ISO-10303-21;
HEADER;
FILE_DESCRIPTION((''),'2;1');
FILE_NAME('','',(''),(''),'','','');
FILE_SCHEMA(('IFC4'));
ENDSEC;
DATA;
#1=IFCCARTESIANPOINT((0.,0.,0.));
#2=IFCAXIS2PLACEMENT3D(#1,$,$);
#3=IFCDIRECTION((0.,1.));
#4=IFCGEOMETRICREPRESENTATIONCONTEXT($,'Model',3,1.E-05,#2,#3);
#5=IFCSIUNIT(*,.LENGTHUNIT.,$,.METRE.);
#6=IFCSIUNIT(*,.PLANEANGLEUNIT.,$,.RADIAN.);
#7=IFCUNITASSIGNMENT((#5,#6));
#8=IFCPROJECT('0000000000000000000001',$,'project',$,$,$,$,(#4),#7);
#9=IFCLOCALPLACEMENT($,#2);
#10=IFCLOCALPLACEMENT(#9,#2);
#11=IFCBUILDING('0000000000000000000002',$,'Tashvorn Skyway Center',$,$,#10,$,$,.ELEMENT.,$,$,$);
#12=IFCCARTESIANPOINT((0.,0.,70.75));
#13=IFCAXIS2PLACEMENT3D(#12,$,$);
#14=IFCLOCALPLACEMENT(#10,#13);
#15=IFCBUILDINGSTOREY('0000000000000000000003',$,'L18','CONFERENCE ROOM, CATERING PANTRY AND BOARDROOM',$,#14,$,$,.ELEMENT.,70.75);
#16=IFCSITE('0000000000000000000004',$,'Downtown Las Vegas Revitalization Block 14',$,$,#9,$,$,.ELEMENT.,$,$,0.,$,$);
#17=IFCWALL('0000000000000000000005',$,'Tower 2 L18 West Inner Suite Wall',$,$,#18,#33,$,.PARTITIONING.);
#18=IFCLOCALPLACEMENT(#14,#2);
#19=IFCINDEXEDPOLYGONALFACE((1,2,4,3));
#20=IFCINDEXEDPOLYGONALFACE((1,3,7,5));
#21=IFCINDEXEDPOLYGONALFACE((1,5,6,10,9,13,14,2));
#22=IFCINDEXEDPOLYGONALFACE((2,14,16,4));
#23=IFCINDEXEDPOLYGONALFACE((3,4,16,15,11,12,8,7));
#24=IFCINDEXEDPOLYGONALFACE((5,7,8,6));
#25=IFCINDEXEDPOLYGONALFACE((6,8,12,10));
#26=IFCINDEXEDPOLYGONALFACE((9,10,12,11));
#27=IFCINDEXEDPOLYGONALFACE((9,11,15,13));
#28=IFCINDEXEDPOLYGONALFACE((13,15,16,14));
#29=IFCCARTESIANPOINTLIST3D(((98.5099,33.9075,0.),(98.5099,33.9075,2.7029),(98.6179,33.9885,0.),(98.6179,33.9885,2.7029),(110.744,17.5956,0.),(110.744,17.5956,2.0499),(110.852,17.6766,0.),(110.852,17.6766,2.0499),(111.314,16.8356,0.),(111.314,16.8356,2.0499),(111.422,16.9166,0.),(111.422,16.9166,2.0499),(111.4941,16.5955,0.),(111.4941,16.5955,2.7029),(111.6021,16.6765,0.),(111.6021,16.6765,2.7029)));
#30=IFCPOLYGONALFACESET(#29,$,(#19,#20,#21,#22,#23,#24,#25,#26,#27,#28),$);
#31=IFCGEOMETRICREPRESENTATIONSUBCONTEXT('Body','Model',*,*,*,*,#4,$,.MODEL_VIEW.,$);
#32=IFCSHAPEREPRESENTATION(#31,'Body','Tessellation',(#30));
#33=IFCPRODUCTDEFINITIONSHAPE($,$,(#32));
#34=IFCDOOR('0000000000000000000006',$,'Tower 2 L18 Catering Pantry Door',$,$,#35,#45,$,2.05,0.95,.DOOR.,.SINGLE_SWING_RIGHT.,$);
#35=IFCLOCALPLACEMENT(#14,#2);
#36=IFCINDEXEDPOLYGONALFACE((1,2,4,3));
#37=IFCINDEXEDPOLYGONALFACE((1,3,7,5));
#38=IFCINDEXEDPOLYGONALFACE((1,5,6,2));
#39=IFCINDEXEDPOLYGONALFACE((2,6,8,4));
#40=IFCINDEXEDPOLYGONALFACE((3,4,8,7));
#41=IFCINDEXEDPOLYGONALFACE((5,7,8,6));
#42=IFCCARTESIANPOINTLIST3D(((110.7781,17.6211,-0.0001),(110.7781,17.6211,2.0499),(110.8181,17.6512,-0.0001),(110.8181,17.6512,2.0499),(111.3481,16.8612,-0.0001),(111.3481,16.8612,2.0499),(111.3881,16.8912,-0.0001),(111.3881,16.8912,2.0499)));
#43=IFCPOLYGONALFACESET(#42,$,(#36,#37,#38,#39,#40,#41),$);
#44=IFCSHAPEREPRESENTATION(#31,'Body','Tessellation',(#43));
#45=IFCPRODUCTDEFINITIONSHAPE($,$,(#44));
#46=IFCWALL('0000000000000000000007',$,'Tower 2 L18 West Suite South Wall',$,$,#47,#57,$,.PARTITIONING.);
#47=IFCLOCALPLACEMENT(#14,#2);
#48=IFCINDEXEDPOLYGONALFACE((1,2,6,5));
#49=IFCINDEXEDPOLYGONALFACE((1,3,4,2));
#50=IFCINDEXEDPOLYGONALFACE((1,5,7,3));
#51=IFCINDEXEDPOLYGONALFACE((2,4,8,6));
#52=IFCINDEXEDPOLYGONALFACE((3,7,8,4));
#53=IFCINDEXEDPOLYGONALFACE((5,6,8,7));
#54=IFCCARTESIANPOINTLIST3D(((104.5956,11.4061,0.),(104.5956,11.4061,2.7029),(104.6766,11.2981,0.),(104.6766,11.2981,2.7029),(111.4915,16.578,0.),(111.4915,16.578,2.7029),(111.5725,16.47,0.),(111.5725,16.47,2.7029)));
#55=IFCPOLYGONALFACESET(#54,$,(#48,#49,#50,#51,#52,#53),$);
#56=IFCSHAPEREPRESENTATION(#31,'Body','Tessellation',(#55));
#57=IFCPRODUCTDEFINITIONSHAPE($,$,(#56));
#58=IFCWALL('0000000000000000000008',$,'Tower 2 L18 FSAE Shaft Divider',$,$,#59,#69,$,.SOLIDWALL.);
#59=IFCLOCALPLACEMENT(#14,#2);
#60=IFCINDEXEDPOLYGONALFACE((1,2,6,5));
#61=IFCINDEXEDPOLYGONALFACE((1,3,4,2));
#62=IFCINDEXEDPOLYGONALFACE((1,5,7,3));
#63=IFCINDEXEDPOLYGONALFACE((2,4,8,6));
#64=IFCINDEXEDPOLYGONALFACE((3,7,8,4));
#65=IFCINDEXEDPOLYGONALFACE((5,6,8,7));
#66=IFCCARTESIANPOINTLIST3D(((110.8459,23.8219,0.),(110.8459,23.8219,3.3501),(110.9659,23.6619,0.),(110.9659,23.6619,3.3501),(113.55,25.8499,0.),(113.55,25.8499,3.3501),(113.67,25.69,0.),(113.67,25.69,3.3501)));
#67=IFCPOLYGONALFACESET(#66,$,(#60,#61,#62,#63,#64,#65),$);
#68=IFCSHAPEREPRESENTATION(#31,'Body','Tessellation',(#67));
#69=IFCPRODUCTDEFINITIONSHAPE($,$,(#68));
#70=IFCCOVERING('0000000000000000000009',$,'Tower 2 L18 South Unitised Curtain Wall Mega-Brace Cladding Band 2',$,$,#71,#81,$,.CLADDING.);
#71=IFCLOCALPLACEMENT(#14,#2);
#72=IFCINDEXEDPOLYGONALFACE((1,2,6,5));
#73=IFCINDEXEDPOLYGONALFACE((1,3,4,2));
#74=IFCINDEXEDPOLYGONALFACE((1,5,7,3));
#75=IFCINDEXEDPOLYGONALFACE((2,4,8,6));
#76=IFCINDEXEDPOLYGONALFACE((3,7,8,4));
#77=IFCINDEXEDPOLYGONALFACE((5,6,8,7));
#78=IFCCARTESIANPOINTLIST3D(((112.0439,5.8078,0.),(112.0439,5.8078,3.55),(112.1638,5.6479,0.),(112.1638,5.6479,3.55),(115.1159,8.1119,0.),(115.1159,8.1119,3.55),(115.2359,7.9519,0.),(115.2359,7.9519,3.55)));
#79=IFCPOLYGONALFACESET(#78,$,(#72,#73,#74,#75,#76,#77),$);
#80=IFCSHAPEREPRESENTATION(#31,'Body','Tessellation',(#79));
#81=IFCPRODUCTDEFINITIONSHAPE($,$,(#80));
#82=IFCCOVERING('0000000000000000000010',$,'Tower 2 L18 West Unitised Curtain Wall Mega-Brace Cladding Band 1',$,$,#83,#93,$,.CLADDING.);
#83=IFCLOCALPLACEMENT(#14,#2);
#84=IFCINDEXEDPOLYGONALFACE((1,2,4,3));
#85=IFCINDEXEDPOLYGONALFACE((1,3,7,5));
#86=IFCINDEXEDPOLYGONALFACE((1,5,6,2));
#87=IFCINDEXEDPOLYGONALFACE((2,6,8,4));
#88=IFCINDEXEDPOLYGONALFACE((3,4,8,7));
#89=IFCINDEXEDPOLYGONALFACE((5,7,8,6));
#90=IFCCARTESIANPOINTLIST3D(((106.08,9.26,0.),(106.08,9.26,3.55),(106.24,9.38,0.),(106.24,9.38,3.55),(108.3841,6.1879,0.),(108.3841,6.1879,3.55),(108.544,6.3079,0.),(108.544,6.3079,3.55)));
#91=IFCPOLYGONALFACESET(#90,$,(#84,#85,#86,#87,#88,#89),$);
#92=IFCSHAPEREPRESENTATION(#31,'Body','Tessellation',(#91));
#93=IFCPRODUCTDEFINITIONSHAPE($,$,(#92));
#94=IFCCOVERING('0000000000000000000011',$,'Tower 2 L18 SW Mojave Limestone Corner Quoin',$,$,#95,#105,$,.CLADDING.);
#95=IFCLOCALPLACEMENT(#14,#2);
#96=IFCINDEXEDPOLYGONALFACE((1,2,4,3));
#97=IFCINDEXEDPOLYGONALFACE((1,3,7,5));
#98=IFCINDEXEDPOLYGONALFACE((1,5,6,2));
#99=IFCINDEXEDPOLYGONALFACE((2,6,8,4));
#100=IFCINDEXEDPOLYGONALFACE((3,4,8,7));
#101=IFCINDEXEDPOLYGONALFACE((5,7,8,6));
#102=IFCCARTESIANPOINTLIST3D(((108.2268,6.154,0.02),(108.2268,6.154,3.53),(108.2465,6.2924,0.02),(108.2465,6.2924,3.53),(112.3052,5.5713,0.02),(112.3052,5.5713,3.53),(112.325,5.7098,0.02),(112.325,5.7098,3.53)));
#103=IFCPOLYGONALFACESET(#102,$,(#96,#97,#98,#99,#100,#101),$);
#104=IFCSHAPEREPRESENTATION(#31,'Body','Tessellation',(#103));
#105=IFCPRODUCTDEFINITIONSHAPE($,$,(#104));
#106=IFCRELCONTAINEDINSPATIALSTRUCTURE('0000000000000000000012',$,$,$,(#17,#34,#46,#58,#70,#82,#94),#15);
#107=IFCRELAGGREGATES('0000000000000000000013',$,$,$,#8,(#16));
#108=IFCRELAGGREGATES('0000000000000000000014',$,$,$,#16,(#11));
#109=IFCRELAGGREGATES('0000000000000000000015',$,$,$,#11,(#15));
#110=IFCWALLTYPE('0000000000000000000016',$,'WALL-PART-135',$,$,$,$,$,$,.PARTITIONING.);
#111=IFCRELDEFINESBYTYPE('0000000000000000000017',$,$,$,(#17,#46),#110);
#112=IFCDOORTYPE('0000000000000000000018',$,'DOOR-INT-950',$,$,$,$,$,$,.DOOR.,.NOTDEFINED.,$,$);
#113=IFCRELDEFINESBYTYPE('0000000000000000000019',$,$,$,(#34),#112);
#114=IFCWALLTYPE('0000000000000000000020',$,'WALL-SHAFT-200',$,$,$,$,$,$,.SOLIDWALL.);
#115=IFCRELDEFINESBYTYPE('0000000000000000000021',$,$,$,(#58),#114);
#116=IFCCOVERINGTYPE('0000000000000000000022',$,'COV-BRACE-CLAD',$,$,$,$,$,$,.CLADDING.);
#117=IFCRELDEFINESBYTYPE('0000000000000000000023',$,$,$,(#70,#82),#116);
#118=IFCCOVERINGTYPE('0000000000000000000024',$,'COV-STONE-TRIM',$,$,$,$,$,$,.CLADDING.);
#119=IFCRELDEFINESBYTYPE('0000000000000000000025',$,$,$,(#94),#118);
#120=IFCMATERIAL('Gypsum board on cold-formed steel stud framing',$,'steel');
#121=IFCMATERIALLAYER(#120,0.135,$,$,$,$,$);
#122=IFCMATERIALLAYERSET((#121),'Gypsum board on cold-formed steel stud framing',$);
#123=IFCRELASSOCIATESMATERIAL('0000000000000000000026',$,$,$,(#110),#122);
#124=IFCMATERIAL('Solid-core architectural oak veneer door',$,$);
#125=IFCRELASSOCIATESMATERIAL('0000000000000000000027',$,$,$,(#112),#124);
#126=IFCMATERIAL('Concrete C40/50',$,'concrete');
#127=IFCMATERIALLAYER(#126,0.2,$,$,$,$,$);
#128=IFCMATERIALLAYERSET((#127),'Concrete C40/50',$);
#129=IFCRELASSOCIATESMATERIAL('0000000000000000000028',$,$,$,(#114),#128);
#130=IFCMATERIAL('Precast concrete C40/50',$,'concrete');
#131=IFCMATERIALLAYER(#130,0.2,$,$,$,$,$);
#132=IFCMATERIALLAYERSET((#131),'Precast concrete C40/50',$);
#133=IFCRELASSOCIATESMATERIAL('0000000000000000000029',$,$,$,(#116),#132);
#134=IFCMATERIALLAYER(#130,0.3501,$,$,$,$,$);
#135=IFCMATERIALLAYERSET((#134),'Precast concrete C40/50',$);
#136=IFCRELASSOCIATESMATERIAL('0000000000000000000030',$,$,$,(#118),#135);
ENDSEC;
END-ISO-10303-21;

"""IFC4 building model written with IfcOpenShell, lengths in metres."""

from ifc_helpers import new_model, si_unit, direction, frame, frame_2d, origin, origin_2d, place, context, subcontext, project, spatial, rectangle, extrude, material, layer, layer_set, type_object, element, fill, save


model = new_model("IFC4")

# Units and contexts
model_context = context("Model", 3, precision=1e-05, world=origin(), true_north=direction((0.0, 1.0)))
body_context = subcontext(model_context, "Body", "Model", "MODEL_VIEW")
ifc_project = project(units=[si_unit("LENGTHUNIT", "METRE"), si_unit("PLANEANGLEUNIT", "RADIAN")], contexts=[model_context])

# Site, building, storey
site_placement = place(None, origin())
site = spatial("IfcSite", under=ifc_project, at=site_placement, Name="Downtown Las Vegas Revitalization Block 14", CompositionType="ELEMENT", RefElevation=0.0)
building_placement = place(site_placement, origin())
building = spatial("IfcBuilding", under=site, at=building_placement, Name="Tashvorn Skyway Center", CompositionType="ELEMENT")
storey_placement = place(building_placement, frame((0.0, 0.0, 70.75)))
storey = spatial("IfcBuildingStorey", under=building, at=storey_placement, Name="L18", Description="CONFERENCE ROOM, CATERING PANTRY AND BOARDROOM", CompositionType="ELEMENT", Elevation=70.75)

# Shared definitions
ifc_material_1 = material(Name="Precast concrete C40/50", Category="concrete")

# Wall, opening, door
ifc_material_2 = material(Name="Gypsum board on cold-formed steel stud framing", Category="steel")
ifc_layer_1 = layer(ifc_material_2, 0.135)
ifc_layer_set_1 = layer_set([ifc_layer_1], Name="Gypsum board on cold-formed steel stud framing")
wall_type_1 = type_object("IfcWallType", Name="WALL-PART-135", PredefinedType="PARTITIONING", material=ifc_layer_set_1)
wall_1_placement = place(storey_placement, frame((111.5481, 16.636, 0.0), z_axis=(0.0, 0.0, 1.0), x_axis=(-0.600004, 0.799997, 0.0)))
wall_1 = element("IfcWall", 1, at=wall_1_placement, inside=storey, type_object=wall_type_1, Name="Tower 2 L18 West Inner Suite Wall", PredefinedType="PARTITIONING", context=body_context, shape_type="SweptSolid", body=[
    extrude(rectangle(XDim=21.6401, YDim=0.135, at=frame_2d((10.8201, 0.0))), origin(), (0.0, 0.0, 1.0), 2.7029),
])
opening_placement = place(wall_1_placement, frame((0.3, 0.0, 0.0)))
opening = element("IfcOpeningElement", 2, at=opening_placement, cuts=wall_1, PredefinedType="OPENING", context=body_context, shape_type="SweptSolid", body=[
    extrude(rectangle(XDim=0.95, YDim=2.05, at=frame_2d((0.4751, 1.0249))), frame((0.0, 0.0774, 0.0), z_axis=(0.0, -1.0, 0.0), x_axis=(1.0, 0.0, 0.0)), (0.0, 0.0, 1.0), 0.155),
])
ifc_material_3 = material(Name="Solid-core architectural oak veneer door")
door_type = type_object("IfcDoorType", Name="DOOR-INT-950", OperationType="NOTDEFINED", PredefinedType="DOOR", material=ifc_material_3)
door_placement = place(opening_placement, origin())
door = element("IfcDoor", 3, at=door_placement, inside=storey, type_object=door_type, Name="Tower 2 L18 Catering Pantry Door", OperationType="SINGLE_SWING_RIGHT", OverallHeight=2.05, OverallWidth=0.95, PredefinedType="DOOR", context=body_context, shape_type="SweptSolid", body=[
    extrude(rectangle(XDim=0.95, YDim=2.05, at=frame_2d((0.4751, 1.0249))), frame((0.0, 0.0249, 0.0), z_axis=(0.0, -1.0, 0.0), x_axis=(1.0, 0.0, 0.0)), (0.0, 0.0, 1.0), 0.05),
])
fill(opening, door)

# Walls
wall_2_placement = place(storey_placement, frame((104.636, 11.3521, 0.0), z_axis=(0.0, 0.0, 1.0), x_axis=(0.800007, 0.599991, 0.0)))
element("IfcWall", 4, at=wall_2_placement, inside=storey, type_object=wall_type_1, Name="Tower 2 L18 West Suite South Wall", PredefinedType="PARTITIONING", context=body_context, shape_type="SweptSolid", body=[
    extrude(rectangle(XDim=8.6199, YDim=0.135, at=frame_2d((4.3101, 0.0))), origin(), (0.0, 0.0, 1.0), 2.7029),
])
ifc_material_4 = material(Name="Concrete C40/50", Category="concrete")
ifc_layer_2 = layer(ifc_material_4, 0.2)
ifc_layer_set_2 = layer_set([ifc_layer_2], Name="Concrete C40/50")
wall_type_2 = type_object("IfcWallType", Name="WALL-SHAFT-200", PredefinedType="SOLIDWALL", material=ifc_layer_set_2)
wall_3_placement = place(storey_placement, frame((110.906, 23.7419, 0.0), z_axis=(0.0, 0.0, 1.0), x_axis=(0.8, 0.6, 0.0)))
element("IfcWall", 5, at=wall_3_placement, inside=storey, type_object=wall_type_2, Name="Tower 2 L18 FSAE Shaft Divider", PredefinedType="SOLIDWALL", context=body_context, shape_type="SweptSolid", body=[
    extrude(rectangle(XDim=3.3801, YDim=0.2, at=frame_2d((1.6899, 0.0))), origin(), (0.0, 0.0, 1.0), 3.3501),
])

# Coverings
ifc_layer_3 = layer(ifc_material_1, 0.2)
ifc_layer_set_3 = layer_set([ifc_layer_3], Name="Precast concrete C40/50")
covering_type_1 = type_object("IfcCoveringType", Name="COV-BRACE-CLAD", PredefinedType="CLADDING", material=ifc_layer_set_3)
for number, where, z_axis, x_axis, name in (
    (6, (113.6399, 6.8799, 0.0), (0.0, 0.0, 1.0), (-0.8, -0.6, 0.0), "Tower 2 L18 South Unitised Curtain Wall Mega-Brace Cladding Band 2"),
    (7, (107.312, 7.7839, 0.0), (0.0, 0.0, 1.0), (-0.6, 0.8, 0.0), "Tower 2 L18 West Unitised Curtain Wall Mega-Brace Cladding Band 1"),
):
    element("IfcCovering", number, at=place(storey_placement, frame(where, z_axis=z_axis, x_axis=x_axis)), inside=storey, type_object=covering_type_1, Name=name, PredefinedType="CLADDING", context=body_context, shape_type="SweptSolid", body=[
        extrude(rectangle(XDim=3.8401, YDim=0.2, at=origin_2d()), origin(), (0.0, 0.0, 1.0), 3.55),
    ])
ifc_layer_4 = layer(ifc_material_1, 0.3501)
ifc_layer_set_4 = layer_set([ifc_layer_4], Name="Precast concrete C40/50")
covering_type_2 = type_object("IfcCoveringType", Name="COV-STONE-TRIM", PredefinedType="CLADDING", material=ifc_layer_set_4)
covering_placement = place(storey_placement, frame((110.2759, 5.9319, 0.02), z_axis=(0.0, 0.0, 1.0), x_axis=(-0.989949, 0.141421, 0.0)))
element("IfcCovering", 8, at=covering_placement, inside=storey, type_object=covering_type_2, Name="Tower 2 L18 SW Mojave Limestone Corner Quoin", PredefinedType="CLADDING", context=body_context, shape_type="SweptSolid", body=[
    extrude(rectangle(XDim=4.1199, YDim=0.1399, at=origin_2d()), origin(), (0.0, 0.0, 1.0), 3.51),
])

save(model, "model.ifc")
